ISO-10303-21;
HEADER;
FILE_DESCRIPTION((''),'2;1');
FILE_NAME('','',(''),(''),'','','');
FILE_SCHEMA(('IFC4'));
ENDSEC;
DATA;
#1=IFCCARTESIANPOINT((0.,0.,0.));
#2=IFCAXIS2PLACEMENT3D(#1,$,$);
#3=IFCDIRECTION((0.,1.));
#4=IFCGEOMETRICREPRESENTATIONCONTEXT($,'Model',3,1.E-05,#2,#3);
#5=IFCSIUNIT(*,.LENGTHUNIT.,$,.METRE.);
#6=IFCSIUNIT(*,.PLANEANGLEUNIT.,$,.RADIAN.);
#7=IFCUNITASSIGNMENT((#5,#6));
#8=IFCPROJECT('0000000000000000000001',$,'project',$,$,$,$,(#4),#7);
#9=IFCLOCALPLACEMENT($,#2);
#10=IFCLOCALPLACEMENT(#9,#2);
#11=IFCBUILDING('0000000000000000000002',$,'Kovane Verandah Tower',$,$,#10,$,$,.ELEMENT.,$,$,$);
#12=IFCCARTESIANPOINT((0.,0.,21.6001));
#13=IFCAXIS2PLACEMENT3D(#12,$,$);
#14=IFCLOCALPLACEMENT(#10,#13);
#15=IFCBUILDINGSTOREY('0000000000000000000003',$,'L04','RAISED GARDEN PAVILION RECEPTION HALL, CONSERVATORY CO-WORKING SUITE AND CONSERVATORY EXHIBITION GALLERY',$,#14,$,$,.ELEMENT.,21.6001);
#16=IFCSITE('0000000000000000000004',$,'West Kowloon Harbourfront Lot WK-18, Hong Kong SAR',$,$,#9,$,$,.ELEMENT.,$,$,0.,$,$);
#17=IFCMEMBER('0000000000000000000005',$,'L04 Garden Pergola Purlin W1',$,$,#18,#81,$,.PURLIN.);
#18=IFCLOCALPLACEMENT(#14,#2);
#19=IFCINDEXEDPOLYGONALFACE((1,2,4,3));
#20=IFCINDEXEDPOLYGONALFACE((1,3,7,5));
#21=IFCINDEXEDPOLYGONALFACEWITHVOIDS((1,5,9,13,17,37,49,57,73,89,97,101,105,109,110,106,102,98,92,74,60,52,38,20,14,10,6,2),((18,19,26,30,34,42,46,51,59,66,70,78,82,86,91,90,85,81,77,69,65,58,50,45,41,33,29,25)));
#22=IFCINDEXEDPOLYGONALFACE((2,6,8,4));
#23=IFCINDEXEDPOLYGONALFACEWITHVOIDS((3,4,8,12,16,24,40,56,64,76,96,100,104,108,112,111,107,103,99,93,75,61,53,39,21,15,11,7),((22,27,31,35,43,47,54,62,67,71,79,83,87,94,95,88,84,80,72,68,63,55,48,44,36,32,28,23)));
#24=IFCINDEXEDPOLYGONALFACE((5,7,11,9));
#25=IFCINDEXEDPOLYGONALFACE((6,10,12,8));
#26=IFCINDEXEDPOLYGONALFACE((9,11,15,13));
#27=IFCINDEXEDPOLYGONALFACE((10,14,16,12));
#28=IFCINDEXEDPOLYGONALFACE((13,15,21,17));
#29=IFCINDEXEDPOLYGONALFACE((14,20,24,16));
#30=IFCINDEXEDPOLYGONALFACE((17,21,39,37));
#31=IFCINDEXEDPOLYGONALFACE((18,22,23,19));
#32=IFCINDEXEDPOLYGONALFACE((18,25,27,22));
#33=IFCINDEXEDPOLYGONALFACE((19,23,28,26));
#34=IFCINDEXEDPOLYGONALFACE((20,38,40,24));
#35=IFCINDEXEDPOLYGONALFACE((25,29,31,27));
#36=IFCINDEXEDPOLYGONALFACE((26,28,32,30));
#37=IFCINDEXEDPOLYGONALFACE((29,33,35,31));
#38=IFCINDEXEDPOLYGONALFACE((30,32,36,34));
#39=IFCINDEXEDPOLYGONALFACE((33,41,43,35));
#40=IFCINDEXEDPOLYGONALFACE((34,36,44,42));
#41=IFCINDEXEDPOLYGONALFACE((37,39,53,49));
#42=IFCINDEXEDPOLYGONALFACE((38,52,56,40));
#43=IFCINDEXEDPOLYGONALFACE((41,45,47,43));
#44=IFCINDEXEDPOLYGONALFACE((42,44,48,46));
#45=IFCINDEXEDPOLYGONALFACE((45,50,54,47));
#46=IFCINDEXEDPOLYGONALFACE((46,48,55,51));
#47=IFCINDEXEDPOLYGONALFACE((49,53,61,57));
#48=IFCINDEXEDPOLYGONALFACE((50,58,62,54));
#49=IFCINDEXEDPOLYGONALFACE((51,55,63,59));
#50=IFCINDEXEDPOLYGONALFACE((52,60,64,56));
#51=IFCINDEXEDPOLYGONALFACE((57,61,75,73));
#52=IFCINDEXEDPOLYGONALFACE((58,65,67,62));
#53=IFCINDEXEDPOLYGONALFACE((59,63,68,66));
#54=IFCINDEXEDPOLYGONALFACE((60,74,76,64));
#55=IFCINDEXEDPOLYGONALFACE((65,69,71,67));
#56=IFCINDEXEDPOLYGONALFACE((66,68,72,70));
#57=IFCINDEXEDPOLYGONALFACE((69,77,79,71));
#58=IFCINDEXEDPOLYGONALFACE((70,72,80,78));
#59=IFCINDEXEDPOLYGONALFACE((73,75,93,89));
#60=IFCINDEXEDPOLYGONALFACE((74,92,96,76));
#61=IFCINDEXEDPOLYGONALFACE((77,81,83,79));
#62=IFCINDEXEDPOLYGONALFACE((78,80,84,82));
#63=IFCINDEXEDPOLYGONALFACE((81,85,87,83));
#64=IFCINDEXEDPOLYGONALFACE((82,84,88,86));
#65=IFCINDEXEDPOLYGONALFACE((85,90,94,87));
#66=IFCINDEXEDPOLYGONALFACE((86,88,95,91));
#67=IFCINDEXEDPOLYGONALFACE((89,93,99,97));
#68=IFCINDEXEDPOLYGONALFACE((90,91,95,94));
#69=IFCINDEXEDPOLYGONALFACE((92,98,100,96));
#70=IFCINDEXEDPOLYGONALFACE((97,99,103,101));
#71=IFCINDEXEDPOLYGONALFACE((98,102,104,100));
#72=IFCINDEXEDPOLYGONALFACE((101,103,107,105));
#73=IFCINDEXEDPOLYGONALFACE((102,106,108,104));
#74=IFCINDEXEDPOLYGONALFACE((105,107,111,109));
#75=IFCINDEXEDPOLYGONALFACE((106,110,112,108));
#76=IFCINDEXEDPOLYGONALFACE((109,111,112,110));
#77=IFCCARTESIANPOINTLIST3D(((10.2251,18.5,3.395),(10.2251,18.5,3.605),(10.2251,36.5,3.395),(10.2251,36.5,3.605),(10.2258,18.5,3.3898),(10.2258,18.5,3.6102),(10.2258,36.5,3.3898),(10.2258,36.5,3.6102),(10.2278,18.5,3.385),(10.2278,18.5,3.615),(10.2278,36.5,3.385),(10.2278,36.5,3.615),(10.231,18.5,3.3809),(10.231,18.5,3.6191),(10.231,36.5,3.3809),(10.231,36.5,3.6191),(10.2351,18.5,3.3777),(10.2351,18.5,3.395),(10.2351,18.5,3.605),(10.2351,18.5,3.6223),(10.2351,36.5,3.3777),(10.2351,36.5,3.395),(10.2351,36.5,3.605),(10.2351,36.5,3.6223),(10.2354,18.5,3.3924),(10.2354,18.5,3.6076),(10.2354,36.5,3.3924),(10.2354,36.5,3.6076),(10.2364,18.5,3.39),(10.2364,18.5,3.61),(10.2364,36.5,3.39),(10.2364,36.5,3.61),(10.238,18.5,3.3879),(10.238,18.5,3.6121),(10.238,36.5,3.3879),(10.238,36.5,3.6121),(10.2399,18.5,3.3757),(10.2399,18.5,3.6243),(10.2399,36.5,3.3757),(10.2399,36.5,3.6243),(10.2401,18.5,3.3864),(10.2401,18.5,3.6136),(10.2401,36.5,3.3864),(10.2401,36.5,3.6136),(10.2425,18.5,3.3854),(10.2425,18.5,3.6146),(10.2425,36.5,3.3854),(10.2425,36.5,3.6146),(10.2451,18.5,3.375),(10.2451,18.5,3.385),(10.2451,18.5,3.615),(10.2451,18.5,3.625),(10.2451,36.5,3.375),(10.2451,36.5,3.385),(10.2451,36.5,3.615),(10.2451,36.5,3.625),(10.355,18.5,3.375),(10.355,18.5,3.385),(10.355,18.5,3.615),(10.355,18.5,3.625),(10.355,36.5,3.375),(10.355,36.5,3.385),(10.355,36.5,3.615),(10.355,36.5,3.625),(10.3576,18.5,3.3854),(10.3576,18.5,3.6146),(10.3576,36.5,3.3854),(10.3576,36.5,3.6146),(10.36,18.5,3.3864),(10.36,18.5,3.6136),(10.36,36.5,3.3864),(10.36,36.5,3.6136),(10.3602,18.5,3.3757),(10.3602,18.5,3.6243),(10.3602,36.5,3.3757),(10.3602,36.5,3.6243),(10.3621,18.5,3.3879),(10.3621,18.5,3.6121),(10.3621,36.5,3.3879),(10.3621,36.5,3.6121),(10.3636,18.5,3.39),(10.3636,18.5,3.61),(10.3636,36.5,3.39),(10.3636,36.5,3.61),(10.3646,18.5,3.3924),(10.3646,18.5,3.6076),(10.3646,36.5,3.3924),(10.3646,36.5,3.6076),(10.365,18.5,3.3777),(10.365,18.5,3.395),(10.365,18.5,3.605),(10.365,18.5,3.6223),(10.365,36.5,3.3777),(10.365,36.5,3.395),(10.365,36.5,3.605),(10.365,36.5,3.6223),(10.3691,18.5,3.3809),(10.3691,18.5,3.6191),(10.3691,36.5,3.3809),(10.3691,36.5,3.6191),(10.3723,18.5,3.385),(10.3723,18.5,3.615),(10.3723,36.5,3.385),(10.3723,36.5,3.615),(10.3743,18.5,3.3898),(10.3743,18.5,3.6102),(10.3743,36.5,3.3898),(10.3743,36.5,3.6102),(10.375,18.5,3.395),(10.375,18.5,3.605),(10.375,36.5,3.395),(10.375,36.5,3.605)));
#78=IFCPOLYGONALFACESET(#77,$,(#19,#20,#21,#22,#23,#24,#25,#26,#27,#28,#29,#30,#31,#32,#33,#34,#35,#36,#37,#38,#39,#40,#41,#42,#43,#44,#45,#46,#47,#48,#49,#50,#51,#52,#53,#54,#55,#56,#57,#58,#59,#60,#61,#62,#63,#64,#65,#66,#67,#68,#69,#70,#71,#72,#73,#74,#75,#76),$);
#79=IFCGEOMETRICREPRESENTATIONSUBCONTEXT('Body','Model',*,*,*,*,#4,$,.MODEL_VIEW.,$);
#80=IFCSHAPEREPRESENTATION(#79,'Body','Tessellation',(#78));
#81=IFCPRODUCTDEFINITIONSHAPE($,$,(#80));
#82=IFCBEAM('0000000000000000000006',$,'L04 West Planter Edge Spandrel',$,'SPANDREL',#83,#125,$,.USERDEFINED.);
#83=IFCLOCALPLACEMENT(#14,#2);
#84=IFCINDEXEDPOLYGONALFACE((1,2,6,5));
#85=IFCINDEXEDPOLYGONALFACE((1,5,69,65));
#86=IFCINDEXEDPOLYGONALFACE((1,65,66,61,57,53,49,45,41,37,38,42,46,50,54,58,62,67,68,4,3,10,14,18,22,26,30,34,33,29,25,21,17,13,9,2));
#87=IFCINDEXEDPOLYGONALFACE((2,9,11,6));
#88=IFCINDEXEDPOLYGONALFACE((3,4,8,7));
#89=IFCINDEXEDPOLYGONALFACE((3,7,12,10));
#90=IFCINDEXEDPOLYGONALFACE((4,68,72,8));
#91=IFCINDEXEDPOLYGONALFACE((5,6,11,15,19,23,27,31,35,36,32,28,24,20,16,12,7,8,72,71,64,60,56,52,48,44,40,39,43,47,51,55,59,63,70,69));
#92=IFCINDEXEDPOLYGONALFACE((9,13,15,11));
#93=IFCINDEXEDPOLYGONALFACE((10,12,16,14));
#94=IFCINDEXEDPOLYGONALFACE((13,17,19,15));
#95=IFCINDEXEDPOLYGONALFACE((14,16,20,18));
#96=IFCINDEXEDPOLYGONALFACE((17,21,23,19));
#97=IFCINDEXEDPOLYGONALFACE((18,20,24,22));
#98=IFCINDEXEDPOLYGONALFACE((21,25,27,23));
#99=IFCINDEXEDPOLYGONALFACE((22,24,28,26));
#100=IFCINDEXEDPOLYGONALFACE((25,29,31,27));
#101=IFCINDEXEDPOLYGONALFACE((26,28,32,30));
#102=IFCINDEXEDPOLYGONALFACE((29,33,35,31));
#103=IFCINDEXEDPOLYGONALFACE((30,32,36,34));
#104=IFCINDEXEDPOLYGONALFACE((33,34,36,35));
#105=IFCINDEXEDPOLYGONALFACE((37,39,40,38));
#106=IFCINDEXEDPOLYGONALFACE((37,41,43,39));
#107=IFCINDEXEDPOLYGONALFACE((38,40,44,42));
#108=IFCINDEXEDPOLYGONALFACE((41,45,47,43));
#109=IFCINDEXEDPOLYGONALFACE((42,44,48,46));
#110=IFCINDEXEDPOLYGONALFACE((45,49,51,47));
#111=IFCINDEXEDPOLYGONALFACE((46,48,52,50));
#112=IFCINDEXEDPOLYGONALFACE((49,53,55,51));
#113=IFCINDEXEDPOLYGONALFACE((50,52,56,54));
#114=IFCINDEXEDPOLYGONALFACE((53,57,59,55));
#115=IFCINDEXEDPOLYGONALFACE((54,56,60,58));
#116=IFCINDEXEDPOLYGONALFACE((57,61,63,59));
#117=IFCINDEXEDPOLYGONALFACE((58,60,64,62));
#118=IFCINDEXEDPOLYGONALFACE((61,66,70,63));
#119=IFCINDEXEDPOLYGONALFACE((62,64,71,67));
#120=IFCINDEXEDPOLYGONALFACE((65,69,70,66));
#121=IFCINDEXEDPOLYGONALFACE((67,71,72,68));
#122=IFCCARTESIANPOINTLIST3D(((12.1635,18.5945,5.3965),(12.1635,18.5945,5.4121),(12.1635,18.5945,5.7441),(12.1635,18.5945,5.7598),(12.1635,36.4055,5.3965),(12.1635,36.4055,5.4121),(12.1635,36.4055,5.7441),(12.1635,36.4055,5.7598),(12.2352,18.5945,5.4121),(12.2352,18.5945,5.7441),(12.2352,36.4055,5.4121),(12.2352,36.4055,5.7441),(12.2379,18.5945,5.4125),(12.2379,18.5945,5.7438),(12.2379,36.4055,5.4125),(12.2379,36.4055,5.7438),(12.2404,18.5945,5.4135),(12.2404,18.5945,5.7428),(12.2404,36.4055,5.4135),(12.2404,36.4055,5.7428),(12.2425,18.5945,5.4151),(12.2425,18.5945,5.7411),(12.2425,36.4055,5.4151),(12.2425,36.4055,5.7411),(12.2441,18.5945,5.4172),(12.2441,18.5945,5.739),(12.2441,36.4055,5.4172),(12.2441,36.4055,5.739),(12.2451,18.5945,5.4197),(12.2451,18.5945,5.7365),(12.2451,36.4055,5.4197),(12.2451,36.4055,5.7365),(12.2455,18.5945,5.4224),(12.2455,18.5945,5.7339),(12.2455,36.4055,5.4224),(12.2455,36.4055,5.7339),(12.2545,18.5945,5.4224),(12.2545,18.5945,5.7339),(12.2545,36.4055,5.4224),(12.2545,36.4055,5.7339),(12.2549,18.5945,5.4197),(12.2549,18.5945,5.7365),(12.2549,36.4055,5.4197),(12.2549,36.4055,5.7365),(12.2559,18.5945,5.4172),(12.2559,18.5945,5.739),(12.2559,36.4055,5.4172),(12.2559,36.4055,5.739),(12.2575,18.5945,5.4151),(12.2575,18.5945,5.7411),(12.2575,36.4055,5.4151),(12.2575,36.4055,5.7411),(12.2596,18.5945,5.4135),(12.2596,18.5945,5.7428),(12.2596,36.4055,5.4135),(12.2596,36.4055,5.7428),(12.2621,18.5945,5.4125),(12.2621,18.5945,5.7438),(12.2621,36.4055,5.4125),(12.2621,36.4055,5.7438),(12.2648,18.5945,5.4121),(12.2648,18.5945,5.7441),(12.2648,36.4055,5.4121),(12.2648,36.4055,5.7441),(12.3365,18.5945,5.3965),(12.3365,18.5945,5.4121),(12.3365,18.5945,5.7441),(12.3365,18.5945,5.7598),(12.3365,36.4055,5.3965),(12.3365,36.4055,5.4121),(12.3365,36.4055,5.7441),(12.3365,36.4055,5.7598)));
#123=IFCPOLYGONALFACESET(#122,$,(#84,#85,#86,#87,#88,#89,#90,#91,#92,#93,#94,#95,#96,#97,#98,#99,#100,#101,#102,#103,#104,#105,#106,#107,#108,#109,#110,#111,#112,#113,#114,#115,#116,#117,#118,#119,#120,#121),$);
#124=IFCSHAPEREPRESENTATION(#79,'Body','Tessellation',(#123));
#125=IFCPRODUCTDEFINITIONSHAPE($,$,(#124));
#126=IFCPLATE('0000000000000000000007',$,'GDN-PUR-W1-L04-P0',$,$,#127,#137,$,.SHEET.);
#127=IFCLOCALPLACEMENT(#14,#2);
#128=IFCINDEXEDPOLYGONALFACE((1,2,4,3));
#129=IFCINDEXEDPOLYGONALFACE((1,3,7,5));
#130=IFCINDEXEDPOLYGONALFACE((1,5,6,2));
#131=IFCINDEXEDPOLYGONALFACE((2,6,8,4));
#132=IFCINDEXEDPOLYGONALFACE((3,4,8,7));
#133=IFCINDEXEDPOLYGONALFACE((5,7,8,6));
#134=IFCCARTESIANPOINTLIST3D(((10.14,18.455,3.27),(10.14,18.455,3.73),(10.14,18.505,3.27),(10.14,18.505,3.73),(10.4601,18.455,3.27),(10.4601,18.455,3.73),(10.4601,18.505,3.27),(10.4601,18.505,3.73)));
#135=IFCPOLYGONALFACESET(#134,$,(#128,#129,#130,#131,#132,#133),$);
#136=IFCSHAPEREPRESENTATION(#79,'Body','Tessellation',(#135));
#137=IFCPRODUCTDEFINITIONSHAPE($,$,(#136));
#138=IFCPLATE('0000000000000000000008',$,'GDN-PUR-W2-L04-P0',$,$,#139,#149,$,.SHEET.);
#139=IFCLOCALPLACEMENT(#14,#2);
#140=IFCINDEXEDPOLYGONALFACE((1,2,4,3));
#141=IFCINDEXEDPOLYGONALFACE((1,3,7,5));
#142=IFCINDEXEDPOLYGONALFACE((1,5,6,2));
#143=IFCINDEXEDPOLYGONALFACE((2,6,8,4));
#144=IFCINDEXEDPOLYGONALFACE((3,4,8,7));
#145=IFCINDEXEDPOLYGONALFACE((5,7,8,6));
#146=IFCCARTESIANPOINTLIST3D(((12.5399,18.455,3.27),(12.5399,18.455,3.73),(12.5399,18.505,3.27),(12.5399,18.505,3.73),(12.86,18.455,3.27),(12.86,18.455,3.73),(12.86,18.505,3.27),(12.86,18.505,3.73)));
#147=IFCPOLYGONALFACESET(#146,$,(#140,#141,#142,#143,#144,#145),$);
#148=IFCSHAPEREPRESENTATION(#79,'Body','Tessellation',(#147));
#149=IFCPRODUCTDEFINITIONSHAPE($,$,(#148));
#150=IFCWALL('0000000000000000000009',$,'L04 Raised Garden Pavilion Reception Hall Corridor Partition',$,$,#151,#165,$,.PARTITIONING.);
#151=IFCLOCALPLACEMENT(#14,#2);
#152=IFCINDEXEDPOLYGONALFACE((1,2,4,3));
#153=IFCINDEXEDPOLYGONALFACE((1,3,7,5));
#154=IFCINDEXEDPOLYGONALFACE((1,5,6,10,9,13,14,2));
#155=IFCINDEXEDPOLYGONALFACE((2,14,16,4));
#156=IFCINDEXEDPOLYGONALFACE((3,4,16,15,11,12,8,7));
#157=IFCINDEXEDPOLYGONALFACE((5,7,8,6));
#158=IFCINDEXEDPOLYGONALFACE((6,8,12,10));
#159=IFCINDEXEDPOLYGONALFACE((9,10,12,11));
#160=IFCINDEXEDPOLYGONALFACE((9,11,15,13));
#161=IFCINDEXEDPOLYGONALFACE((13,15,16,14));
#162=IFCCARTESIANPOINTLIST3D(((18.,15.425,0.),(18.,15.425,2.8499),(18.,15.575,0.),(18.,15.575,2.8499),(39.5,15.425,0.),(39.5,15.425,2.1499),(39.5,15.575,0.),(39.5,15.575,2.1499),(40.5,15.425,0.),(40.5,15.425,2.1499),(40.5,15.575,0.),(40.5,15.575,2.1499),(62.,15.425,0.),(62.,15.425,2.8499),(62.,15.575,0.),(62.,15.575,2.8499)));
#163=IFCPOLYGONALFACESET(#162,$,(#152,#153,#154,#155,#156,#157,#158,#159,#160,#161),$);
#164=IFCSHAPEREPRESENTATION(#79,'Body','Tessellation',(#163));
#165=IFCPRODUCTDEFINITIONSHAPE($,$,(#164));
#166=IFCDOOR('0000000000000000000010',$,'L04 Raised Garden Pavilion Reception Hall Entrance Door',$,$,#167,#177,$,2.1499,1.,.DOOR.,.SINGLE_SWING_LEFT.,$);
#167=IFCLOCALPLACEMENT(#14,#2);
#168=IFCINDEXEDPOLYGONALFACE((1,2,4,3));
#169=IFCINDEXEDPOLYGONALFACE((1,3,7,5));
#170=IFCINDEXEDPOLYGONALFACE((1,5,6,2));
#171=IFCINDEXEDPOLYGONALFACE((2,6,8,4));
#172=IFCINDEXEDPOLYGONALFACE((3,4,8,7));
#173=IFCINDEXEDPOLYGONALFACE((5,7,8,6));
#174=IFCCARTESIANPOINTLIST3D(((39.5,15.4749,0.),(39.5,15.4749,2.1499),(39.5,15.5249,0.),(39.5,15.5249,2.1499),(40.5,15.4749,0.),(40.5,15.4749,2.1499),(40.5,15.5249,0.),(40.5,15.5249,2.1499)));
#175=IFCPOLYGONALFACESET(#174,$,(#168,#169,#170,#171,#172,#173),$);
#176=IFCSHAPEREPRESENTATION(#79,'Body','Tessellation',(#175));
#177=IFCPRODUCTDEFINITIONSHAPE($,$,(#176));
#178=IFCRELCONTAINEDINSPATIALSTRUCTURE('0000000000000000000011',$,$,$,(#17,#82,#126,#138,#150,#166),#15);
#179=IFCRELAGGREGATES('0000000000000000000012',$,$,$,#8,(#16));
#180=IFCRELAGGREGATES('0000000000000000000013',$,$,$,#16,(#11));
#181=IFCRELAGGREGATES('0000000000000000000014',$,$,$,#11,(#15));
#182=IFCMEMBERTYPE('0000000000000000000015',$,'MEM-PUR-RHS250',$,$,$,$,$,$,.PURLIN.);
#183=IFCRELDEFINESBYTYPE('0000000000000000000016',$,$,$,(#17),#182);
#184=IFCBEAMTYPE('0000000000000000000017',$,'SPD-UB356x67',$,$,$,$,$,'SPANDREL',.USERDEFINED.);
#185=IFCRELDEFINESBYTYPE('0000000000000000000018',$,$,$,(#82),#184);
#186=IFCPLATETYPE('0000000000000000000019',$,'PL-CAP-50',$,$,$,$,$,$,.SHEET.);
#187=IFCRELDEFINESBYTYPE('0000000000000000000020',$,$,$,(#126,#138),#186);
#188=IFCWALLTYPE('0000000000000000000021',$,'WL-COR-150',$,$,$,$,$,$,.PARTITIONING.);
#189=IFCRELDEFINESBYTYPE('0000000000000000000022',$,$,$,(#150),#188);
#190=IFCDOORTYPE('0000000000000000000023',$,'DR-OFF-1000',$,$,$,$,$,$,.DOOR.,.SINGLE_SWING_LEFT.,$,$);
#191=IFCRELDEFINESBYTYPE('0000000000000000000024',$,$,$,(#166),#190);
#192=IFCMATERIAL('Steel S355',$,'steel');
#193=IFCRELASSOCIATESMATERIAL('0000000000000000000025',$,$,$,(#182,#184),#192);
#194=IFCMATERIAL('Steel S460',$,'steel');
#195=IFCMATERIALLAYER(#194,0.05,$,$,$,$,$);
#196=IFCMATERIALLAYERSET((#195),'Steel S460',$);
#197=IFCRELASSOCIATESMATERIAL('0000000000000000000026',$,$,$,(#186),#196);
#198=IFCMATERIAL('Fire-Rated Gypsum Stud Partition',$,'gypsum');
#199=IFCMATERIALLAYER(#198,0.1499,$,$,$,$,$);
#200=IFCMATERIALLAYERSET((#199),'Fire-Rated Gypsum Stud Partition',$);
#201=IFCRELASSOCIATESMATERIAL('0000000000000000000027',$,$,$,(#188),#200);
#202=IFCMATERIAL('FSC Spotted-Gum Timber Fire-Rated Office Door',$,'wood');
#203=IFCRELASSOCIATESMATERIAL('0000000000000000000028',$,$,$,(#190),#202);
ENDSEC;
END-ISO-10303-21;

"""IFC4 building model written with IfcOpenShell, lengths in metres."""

from ifc_helpers import new_model, si_unit, direction, frame, frame_2d, origin, origin_2d, place, context, subcontext, project, spatial, rectangle, hollow_rectangle, i_section, extrude, material, layer, layer_set, material_profile, profile_set, type_object, element, fill, save


model = new_model("IFC4")

# Units and contexts
model_context = context("Model", 3, precision=1e-05, world=origin(), true_north=direction((0.0, 1.0)))
body_context = subcontext(model_context, "Body", "Model", "MODEL_VIEW")
ifc_project = project(units=[si_unit("LENGTHUNIT", "METRE"), si_unit("PLANEANGLEUNIT", "RADIAN")], contexts=[model_context])

# Site, building, storey
site_placement = place(None, origin())
site = spatial("IfcSite", under=ifc_project, at=site_placement, Name="West Kowloon Harbourfront Lot WK-18, Hong Kong SAR", CompositionType="ELEMENT", RefElevation=0.0)
building_placement = place(site_placement, origin())
building = spatial("IfcBuilding", under=site, at=building_placement, Name="Kovane Verandah Tower", CompositionType="ELEMENT")
storey_placement = place(building_placement, frame((0.0, 0.0, 21.6001)))
storey = spatial("IfcBuildingStorey", under=building, at=storey_placement, Name="L04", Description="RAISED GARDEN PAVILION RECEPTION HALL, CONSERVATORY CO-WORKING SUITE AND CONSERVATORY EXHIBITION GALLERY", CompositionType="ELEMENT", Elevation=21.6001)

# Shared definitions
ifc_material_1 = material(Name="Steel S460", Category="steel")

# Shared definitions
ifc_material_2 = material(Name="Steel S355", Category="steel")

# Member
ifc_material_profile_1 = material_profile(ifc_material_2, hollow_rectangle(XDim=0.1499, YDim=0.25, WallThickness=0.01, InnerFilletRadius=0.01, OuterFilletRadius=0.02, at=origin_2d()), Name="RHS250x150x10")
ifc_profile_set_1 = profile_set([ifc_material_profile_1], Name="Steel S355")
member_type_1 = type_object("IfcMemberType", Name="MEM-PUR-RHS250", PredefinedType="PURLIN", material=ifc_profile_set_1)
member_1_placement = place(storey_placement, frame((10.3, 18.5, 3.5), z_axis=(0.0, 1.0, 0.0), x_axis=(-1.0, 0.0, 0.0)))
element("IfcMember", 1, at=member_1_placement, inside=storey, type_object=member_type_1, Name="L04 Garden Pergola Purlin W1", PredefinedType="PURLIN", context=body_context, shape_type="SweptSolid", body=[
    extrude(hollow_rectangle(XDim=0.1499, YDim=0.25, WallThickness=0.01, InnerFilletRadius=0.01, OuterFilletRadius=0.02, at=origin_2d()), origin(), (0.0, 0.0, 1.0), 18.0),
])

# Beam
ifc_material_profile_2 = material_profile(ifc_material_2, i_section(OverallWidth=0.1731, OverallDepth=0.3633, WebThickness=0.009, FlangeThickness=0.0156, FilletRadius=0.0103, at=origin_2d()), Name="UB356x171x67")
ifc_profile_set_2 = profile_set([ifc_material_profile_2], Name="Steel S355")
beam_type_1 = type_object("IfcBeamType", Name="SPD-UB356x67", ElementType="SPANDREL", PredefinedType="USERDEFINED", material=ifc_profile_set_2)
beam_1_placement = place(storey_placement, frame((12.25, 18.5945, 5.5781), z_axis=(0.0, 1.0, 0.0), x_axis=(-1.0, 0.0, 0.0)))
element("IfcBeam", 2, at=beam_1_placement, inside=storey, type_object=beam_type_1, Name="L04 West Planter Edge Spandrel", ObjectType="SPANDREL", PredefinedType="USERDEFINED", context=body_context, shape_type="SweptSolid", body=[
    extrude(i_section(OverallWidth=0.1731, OverallDepth=0.3633, WebThickness=0.009, FlangeThickness=0.0156, FilletRadius=0.0103, at=origin_2d()), origin(), (0.0, 0.0, 1.0), 17.811),
])

# Plates
ifc_layer_1 = layer(ifc_material_1, 0.05)
ifc_layer_set_1 = layer_set([ifc_layer_1], Name="Steel S460")
plate_type = type_object("IfcPlateType", Name="PL-CAP-50", PredefinedType="SHEET", material=ifc_layer_set_1)
for number, where, z_axis, x_axis, name in (
    (3, (10.3, 18.48, 3.27), (0.0, 0.0, 1.0), (0.0, 1.0, 0.0), "GDN-PUR-W1-L04-P0"),
    (4, (12.7, 18.48, 3.27), (0.0, 0.0, 1.0), (0.0, 1.0, 0.0), "GDN-PUR-W2-L04-P0"),
):
    element("IfcPlate", number, at=place(storey_placement, frame(where, z_axis=z_axis, x_axis=x_axis)), inside=storey, type_object=plate_type, Name=name, PredefinedType="SHEET", context=body_context, shape_type="SweptSolid", body=[
        extrude(rectangle(XDim=0.05, YDim=0.3201, at=origin_2d()), origin(), (0.0, 0.0, 1.0), 0.46),
    ])

# Wall, opening, door
ifc_material_3 = material(Name="Fire-Rated Gypsum Stud Partition", Category="gypsum")
ifc_layer_2 = layer(ifc_material_3, 0.1499)
ifc_layer_set_2 = layer_set([ifc_layer_2], Name="Fire-Rated Gypsum Stud Partition")
wall_type_1 = type_object("IfcWallType", Name="WL-COR-150", PredefinedType="PARTITIONING", material=ifc_layer_set_2)
wall_1_placement = place(storey_placement, frame((18.0, 15.5, 0.0), z_axis=(0.0, 0.0, 1.0), x_axis=(1.0, 0.0, 0.0)))
wall_1 = element("IfcWall", 5, at=wall_1_placement, inside=storey, type_object=wall_type_1, Name="L04 Raised Garden Pavilion Reception Hall Corridor Partition", PredefinedType="PARTITIONING", context=body_context, shape_type="SweptSolid", body=[
    extrude(rectangle(XDim=44.0, YDim=0.1499, at=frame_2d((22.0, 0.0))), origin(), (0.0, 0.0, 1.0), 2.8499),
])
opening_1_placement = place(wall_1_placement, frame((21.5, 0.0, 0.0)))
opening_1 = element("IfcOpeningElement", 6, at=opening_1_placement, cuts=wall_1, PredefinedType="OPENING", context=body_context, shape_type="SweptSolid", body=[
    extrude(rectangle(XDim=1.0, YDim=2.1499, at=frame_2d((0.5, 1.075))), frame((0.0, 0.075, 0.0), z_axis=(0.0, -1.0, 0.0), x_axis=(1.0, 0.0, 0.0)), (0.0, 0.0, 1.0), 0.1499),
])
ifc_material_4 = material(Name="FSC Spotted-Gum Timber Fire-Rated Office Door", Category="wood")
door_type_1 = type_object("IfcDoorType", Name="DR-OFF-1000", OperationType="SINGLE_SWING_LEFT", PredefinedType="DOOR", material=ifc_material_4)
door_1_placement = place(opening_1_placement, origin())
door_1 = element("IfcDoor", 7, at=door_1_placement, inside=storey, type_object=door_type_1, Name="L04 Raised Garden Pavilion Reception Hall Entrance Door", OperationType="SINGLE_SWING_LEFT", OverallHeight=2.1499, OverallWidth=1.0, PredefinedType="DOOR", context=body_context, shape_type="SweptSolid", body=[
    extrude(rectangle(XDim=1.0, YDim=2.1499, at=frame_2d((0.5, 1.075))), frame((0.0, 0.0249, 0.0), z_axis=(0.0, -1.0, 0.0), x_axis=(1.0, 0.0, 0.0)), (0.0, 0.0, 1.0), 0.05),
])
fill(opening_1, door_1)

save(model, "model.ifc")
